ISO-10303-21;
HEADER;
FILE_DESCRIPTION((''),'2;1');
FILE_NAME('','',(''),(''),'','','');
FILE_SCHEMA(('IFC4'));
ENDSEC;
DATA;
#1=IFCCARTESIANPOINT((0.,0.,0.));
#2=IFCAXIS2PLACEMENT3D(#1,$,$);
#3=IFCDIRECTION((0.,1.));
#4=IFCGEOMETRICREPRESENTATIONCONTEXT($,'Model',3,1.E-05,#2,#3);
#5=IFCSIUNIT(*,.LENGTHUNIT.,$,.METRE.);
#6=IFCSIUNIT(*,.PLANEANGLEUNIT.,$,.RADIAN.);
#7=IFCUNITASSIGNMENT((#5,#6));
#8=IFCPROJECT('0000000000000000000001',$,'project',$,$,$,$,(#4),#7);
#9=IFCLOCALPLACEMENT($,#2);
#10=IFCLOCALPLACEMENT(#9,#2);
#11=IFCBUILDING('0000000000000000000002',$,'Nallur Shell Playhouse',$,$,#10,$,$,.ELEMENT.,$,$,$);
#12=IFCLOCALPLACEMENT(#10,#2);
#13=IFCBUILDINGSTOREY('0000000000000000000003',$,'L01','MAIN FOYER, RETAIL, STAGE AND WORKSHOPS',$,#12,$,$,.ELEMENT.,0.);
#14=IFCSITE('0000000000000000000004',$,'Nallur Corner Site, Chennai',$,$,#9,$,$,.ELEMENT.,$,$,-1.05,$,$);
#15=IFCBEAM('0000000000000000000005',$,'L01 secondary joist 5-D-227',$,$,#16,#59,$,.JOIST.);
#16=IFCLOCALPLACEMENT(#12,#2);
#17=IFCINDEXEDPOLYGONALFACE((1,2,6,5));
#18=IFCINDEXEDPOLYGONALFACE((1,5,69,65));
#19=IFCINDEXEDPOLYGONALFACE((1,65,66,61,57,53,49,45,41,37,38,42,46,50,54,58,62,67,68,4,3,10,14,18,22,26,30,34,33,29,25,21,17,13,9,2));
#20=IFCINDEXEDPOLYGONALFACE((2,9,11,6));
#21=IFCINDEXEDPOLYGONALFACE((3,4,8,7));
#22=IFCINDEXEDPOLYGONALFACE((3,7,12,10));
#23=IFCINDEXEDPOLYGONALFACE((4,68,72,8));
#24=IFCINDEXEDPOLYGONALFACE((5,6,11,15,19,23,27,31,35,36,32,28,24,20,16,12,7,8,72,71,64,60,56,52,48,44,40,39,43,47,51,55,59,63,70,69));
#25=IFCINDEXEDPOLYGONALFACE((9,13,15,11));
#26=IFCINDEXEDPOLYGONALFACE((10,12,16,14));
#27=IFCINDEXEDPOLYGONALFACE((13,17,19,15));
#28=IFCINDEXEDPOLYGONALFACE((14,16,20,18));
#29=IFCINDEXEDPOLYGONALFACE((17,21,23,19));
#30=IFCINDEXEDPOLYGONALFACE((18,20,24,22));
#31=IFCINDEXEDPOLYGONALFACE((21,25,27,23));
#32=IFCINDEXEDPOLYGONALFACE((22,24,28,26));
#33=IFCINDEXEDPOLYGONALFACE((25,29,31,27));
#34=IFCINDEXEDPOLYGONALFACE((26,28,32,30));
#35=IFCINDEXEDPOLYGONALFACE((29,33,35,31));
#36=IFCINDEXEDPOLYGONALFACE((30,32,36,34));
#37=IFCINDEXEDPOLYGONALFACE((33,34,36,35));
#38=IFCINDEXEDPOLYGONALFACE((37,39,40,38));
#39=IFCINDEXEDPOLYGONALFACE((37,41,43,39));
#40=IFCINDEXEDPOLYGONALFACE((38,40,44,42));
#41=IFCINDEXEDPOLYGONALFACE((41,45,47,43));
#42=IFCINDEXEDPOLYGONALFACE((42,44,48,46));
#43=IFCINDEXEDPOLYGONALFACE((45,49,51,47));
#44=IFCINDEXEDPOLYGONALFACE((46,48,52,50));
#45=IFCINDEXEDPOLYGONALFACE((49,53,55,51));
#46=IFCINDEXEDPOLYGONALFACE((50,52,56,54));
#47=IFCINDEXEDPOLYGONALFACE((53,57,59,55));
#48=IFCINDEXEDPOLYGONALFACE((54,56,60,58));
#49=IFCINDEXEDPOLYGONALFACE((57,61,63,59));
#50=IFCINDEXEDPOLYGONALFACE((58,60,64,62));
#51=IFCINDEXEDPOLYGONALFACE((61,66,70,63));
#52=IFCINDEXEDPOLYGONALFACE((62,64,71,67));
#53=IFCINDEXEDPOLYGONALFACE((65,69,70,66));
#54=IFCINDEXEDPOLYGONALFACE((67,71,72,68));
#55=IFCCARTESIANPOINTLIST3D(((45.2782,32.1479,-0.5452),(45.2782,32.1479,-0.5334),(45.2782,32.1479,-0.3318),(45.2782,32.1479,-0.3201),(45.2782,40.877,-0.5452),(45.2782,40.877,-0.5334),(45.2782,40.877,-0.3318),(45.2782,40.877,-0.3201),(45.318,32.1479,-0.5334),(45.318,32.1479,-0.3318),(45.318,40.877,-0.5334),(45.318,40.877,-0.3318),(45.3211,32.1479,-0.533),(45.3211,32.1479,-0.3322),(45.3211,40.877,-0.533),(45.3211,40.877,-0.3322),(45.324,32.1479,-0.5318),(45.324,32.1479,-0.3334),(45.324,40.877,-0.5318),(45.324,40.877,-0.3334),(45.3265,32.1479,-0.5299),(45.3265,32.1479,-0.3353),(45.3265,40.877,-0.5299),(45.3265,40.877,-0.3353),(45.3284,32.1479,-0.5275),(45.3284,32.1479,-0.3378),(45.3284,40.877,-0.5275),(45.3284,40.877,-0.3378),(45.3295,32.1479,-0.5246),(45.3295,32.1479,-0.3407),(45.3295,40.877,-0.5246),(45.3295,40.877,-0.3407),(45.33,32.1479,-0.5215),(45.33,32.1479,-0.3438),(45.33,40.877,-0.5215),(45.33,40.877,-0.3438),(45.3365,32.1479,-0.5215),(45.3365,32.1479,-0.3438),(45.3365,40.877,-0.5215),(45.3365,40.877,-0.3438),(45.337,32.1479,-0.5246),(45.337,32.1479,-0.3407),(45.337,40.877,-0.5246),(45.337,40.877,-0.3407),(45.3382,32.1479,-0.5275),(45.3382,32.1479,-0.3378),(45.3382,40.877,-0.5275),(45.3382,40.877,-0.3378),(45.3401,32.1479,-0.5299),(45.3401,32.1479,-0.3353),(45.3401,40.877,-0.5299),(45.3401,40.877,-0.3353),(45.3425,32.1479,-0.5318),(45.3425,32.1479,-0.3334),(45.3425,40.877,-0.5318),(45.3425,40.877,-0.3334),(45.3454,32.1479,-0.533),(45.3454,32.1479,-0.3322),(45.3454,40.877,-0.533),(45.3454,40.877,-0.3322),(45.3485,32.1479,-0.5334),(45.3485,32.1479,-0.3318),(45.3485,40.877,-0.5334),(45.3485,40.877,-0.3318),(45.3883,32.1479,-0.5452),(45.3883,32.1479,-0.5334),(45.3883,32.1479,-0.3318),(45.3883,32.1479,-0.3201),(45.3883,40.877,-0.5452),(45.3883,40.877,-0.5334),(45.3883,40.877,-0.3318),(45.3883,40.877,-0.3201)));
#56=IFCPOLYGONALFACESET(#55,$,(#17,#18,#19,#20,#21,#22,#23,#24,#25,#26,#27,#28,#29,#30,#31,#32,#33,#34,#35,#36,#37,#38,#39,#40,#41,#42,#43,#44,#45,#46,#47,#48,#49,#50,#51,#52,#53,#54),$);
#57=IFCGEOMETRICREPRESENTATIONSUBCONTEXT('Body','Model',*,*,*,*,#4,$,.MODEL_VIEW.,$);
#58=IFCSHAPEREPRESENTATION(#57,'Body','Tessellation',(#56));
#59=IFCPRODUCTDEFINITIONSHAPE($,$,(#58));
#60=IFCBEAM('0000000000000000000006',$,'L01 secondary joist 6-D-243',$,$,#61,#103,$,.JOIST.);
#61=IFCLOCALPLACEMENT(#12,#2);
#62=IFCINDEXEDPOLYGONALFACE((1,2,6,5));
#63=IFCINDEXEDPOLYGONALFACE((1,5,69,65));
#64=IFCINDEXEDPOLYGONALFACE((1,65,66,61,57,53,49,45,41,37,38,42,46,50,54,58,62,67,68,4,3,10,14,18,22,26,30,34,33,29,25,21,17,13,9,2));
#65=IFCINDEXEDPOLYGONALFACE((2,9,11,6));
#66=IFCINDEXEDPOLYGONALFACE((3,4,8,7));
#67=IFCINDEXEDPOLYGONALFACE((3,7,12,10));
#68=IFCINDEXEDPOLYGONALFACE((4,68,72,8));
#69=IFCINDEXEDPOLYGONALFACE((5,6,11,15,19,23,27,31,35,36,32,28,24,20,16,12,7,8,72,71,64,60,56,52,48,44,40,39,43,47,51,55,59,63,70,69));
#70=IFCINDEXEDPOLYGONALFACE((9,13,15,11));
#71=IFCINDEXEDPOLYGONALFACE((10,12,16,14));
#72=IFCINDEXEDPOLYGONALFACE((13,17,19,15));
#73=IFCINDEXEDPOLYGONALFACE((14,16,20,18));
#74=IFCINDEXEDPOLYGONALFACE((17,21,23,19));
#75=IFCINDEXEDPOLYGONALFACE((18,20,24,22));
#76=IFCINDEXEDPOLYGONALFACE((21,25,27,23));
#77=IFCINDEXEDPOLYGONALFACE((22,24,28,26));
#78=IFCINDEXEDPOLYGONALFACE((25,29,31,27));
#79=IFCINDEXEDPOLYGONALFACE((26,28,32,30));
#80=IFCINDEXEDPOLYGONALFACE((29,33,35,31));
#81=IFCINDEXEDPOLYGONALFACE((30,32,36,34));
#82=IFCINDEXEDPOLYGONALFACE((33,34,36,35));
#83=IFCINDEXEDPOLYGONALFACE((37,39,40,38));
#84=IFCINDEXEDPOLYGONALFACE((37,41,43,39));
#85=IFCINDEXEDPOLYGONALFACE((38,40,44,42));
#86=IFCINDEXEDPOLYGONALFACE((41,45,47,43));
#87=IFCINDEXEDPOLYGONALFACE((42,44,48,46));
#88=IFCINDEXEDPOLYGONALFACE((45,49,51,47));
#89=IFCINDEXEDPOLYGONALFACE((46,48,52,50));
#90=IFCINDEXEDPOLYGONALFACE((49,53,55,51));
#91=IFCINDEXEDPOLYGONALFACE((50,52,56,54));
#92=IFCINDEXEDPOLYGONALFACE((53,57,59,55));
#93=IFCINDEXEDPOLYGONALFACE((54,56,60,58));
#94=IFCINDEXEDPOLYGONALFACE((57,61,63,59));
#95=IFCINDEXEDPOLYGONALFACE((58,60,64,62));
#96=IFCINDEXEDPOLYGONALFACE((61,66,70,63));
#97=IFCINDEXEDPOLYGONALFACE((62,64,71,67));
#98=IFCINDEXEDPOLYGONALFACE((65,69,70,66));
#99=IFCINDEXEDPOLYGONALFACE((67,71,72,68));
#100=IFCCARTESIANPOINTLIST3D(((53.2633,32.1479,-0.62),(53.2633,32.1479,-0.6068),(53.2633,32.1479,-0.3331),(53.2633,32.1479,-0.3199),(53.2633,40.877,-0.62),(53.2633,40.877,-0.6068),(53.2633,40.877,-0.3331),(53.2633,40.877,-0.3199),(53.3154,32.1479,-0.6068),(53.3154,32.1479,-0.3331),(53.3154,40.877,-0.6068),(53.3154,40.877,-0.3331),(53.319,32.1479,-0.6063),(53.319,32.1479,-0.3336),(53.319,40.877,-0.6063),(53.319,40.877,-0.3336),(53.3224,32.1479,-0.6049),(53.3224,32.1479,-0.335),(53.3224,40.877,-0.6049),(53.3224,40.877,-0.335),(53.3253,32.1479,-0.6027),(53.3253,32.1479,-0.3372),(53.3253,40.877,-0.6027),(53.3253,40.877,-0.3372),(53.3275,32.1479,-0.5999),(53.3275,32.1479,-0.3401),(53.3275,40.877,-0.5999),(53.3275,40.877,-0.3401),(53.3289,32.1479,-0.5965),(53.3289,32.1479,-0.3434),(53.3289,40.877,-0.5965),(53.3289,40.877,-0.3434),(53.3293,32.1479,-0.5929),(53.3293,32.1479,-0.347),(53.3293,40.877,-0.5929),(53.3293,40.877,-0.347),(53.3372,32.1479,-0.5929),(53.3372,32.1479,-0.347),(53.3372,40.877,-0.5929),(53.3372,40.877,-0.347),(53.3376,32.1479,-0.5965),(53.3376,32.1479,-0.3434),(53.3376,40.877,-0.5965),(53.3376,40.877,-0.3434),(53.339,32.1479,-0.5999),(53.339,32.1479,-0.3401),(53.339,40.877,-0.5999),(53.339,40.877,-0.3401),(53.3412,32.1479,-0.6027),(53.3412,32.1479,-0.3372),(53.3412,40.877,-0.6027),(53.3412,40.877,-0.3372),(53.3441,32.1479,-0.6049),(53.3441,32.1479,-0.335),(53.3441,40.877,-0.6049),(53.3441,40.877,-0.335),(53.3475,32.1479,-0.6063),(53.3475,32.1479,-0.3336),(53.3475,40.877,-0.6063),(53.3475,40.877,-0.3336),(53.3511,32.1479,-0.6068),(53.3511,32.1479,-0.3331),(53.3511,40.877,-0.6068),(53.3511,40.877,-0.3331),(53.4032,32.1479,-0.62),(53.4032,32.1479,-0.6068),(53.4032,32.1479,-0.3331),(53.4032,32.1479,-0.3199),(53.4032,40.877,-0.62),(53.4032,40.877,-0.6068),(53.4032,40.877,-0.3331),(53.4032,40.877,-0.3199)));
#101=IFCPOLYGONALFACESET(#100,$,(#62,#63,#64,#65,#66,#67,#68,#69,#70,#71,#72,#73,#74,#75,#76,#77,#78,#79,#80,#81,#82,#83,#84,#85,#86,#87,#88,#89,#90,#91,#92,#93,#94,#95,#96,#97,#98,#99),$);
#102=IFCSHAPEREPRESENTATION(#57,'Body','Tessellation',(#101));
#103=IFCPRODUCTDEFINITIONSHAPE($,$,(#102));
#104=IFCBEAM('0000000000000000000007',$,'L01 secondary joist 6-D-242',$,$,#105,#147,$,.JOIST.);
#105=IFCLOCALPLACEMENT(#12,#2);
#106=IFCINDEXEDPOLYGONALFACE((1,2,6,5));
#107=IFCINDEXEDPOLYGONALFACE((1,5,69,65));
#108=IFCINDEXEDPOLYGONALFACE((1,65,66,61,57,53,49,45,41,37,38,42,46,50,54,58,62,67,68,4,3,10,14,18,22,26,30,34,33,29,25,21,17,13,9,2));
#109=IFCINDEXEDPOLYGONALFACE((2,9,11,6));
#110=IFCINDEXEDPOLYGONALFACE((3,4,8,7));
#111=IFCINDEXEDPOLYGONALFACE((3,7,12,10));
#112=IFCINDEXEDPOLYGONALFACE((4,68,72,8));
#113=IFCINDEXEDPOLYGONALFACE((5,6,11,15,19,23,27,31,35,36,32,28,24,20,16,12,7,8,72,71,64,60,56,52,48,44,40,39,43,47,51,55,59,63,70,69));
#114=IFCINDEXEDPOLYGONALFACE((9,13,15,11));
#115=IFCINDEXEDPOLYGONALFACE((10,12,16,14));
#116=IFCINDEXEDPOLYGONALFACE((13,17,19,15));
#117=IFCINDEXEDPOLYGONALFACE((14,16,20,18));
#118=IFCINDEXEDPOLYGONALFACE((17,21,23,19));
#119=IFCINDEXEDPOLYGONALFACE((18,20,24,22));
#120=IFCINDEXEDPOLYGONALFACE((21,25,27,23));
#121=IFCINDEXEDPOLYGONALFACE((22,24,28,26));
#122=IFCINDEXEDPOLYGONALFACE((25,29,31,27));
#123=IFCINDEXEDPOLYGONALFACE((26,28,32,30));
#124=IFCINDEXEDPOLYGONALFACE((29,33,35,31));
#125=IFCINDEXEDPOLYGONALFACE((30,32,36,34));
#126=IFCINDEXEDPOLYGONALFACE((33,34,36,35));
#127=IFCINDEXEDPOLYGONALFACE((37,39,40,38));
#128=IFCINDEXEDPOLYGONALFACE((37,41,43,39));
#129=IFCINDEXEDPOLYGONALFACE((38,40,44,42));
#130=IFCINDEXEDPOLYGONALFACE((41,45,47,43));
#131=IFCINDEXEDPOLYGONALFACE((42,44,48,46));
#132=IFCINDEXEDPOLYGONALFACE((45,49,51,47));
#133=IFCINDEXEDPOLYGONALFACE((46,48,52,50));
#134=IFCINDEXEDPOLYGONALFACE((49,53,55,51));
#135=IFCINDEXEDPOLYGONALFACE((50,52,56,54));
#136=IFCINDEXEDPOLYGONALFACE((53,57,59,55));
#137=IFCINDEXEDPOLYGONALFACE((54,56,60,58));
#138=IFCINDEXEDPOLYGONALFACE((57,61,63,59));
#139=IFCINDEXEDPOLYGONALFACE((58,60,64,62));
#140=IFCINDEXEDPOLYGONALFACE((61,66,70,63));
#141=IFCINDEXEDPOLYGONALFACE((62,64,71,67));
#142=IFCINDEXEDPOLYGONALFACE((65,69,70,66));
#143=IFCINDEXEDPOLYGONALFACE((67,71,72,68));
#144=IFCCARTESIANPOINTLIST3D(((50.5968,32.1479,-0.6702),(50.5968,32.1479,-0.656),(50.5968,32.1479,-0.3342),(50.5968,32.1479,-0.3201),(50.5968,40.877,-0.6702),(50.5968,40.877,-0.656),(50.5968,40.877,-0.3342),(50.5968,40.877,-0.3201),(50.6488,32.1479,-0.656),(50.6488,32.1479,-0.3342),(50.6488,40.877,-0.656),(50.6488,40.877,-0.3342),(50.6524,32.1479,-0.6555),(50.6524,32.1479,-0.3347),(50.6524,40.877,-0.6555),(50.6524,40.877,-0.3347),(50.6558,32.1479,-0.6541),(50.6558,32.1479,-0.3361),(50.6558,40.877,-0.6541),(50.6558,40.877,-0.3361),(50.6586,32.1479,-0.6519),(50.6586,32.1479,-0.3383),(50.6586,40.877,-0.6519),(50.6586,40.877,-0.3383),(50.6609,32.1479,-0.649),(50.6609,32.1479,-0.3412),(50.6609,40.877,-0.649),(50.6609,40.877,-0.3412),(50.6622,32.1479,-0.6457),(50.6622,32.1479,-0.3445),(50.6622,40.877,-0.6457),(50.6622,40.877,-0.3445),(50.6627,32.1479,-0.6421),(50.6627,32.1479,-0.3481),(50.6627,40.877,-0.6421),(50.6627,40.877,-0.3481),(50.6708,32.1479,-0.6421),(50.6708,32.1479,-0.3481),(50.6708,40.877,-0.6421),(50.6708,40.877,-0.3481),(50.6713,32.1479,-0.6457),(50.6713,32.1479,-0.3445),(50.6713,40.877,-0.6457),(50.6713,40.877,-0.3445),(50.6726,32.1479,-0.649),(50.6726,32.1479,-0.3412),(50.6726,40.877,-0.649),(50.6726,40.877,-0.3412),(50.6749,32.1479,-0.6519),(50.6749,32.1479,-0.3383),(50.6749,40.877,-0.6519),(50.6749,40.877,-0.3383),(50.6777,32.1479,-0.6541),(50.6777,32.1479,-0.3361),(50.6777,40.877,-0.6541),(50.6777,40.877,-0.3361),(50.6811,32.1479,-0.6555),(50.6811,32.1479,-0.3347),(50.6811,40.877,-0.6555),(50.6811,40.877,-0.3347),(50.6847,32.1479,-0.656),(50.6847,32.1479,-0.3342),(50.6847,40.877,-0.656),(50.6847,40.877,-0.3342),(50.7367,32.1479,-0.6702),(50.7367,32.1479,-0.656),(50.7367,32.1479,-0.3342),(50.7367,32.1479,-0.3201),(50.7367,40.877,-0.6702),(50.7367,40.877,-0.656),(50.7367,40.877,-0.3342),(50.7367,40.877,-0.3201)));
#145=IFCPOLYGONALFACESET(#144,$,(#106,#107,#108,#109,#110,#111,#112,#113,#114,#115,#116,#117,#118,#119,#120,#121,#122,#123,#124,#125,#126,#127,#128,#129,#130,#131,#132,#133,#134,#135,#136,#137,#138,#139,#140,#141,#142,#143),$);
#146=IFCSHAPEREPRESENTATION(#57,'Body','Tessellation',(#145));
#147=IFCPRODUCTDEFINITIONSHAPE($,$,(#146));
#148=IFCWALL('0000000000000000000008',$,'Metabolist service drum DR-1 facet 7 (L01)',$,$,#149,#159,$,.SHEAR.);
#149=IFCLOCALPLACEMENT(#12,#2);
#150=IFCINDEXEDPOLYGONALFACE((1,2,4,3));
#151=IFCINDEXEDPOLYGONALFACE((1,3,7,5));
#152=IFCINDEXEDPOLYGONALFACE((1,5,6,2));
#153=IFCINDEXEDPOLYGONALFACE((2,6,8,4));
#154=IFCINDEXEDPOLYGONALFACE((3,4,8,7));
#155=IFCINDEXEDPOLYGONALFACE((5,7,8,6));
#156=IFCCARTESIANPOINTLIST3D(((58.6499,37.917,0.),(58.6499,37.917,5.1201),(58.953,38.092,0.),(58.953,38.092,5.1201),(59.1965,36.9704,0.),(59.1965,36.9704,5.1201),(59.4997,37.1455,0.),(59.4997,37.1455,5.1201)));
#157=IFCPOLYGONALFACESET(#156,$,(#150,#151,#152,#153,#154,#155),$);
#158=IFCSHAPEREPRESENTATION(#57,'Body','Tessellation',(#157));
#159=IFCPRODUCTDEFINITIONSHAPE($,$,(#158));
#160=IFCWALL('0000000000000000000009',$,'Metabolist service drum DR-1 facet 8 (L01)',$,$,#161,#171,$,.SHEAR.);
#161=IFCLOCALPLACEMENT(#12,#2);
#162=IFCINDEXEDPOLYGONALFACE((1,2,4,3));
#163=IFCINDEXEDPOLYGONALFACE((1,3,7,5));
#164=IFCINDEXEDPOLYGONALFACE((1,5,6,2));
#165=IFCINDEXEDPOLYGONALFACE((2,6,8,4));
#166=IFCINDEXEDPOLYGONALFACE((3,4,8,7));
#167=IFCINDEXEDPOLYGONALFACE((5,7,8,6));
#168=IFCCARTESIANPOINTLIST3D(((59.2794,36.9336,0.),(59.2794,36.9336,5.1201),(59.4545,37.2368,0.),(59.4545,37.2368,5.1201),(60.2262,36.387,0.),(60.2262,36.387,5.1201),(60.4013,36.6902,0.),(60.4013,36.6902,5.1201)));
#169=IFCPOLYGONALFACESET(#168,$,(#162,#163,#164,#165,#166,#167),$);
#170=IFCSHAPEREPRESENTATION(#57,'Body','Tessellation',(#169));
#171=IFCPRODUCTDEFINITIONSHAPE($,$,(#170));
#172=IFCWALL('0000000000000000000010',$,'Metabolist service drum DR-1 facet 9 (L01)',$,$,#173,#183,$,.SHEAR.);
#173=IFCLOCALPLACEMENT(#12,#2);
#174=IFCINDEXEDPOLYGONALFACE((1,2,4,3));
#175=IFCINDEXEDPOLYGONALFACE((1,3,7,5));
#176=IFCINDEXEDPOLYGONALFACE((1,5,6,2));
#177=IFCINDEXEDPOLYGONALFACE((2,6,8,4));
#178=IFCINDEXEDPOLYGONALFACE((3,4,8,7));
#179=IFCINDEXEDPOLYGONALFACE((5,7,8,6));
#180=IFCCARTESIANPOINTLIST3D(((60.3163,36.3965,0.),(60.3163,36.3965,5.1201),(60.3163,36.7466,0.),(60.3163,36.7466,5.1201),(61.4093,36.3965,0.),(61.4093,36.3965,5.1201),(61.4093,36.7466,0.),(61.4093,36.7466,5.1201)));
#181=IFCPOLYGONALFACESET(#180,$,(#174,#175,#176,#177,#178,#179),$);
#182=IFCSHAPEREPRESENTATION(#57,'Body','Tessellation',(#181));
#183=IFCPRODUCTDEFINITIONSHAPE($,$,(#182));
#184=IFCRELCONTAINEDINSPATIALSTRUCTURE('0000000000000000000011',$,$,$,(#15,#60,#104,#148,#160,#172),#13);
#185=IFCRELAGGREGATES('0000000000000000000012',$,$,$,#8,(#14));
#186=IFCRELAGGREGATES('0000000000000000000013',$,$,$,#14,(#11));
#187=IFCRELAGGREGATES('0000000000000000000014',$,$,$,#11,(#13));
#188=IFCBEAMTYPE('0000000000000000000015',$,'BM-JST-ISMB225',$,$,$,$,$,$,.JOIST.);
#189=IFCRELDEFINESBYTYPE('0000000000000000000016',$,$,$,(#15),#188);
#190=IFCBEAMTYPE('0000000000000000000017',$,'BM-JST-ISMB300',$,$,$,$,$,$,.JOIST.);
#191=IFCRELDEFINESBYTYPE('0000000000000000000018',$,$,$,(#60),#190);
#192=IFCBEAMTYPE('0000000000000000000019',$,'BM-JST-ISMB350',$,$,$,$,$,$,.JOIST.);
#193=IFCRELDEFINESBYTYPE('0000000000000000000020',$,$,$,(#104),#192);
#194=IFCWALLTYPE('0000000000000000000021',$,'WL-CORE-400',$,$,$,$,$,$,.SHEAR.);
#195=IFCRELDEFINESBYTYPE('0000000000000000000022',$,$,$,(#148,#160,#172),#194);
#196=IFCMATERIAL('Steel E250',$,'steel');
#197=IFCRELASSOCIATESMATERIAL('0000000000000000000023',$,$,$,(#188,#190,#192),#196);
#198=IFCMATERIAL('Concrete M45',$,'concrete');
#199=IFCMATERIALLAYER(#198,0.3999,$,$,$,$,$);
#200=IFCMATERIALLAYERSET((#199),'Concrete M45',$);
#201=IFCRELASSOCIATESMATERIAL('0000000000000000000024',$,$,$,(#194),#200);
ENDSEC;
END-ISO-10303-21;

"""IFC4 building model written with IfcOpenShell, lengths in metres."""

from ifc_helpers import new_model, si_unit, direction, frame, frame_2d, origin, origin_2d, place, context, subcontext, project, spatial, rectangle, i_section, extrude, material, layer, layer_set, material_profile, profile_set, type_object, element, save


model = new_model("IFC4")

# Units and contexts
model_context = context("Model", 3, precision=1e-05, world=origin(), true_north=direction((0.0, 1.0)))
body_context = subcontext(model_context, "Body", "Model", "MODEL_VIEW")
ifc_project = project(units=[si_unit("LENGTHUNIT", "METRE"), si_unit("PLANEANGLEUNIT", "RADIAN")], contexts=[model_context])

# Site, building, storey
site_placement = place(None, origin())
site = spatial("IfcSite", under=ifc_project, at=site_placement, Name="Nallur Corner Site, Chennai", CompositionType="ELEMENT", RefElevation=-1.05)
building_placement = place(site_placement, origin())
building = spatial("IfcBuilding", under=site, at=building_placement, Name="Nallur Shell Playhouse", CompositionType="ELEMENT")
storey_placement = place(building_placement, origin())
storey = spatial("IfcBuildingStorey", under=building, at=storey_placement, Name="L01", Description="MAIN FOYER, RETAIL, STAGE AND WORKSHOPS", CompositionType="ELEMENT", Elevation=0.0)

# Beams
ifc_material_1 = material(Name="Steel E250", Category="steel")
ifc_material_profile_1 = material_profile(ifc_material_1, i_section(OverallWidth=0.1101, OverallDepth=0.2251, WebThickness=0.0066, FlangeThickness=0.0117, FilletRadius=0.012, at=origin_2d()), Name="ISMB 225")
ifc_profile_set_1 = profile_set([ifc_material_profile_1], Name="Steel E250")
beam_type_1 = type_object("IfcBeamType", Name="BM-JST-ISMB225", PredefinedType="JOIST", material=ifc_profile_set_1)
beam_1_placement = place(storey_placement, frame((45.3333, 32.1479, -0.4326), z_axis=(0.0, 1.0, 0.0), x_axis=(-1.0, 0.0, 0.0)))
element("IfcBeam", 1, at=beam_1_placement, inside=storey, type_object=beam_type_1, Name="L01 secondary joist 5-D-227", PredefinedType="JOIST", context=body_context, shape_type="SweptSolid", body=[
    extrude(i_section(OverallWidth=0.1101, OverallDepth=0.2251, WebThickness=0.0066, FlangeThickness=0.0117, FilletRadius=0.012, at=origin_2d()), origin(), (0.0, 0.0, 1.0), 8.729),
])
ifc_material_profile_2 = material_profile(ifc_material_1, i_section(OverallWidth=0.1399, OverallDepth=0.3, WebThickness=0.0078, FlangeThickness=0.0132, FilletRadius=0.0139, at=origin_2d()), Name="ISMB 300")
ifc_profile_set_2 = profile_set([ifc_material_profile_2], Name="Steel E250")
beam_type_2 = type_object("IfcBeamType", Name="BM-JST-ISMB300", PredefinedType="JOIST", material=ifc_profile_set_2)
beam_2_placement = place(storey_placement, frame((53.3333, 32.1479, -0.47), z_axis=(0.0, 1.0, 0.0), x_axis=(-1.0, 0.0, 0.0)))
element("IfcBeam", 2, at=beam_2_placement, inside=storey, type_object=beam_type_2, Name="L01 secondary joist 6-D-243", PredefinedType="JOIST", context=body_context, shape_type="SweptSolid", body=[
    extrude(i_section(OverallWidth=0.1399, OverallDepth=0.3, WebThickness=0.0078, FlangeThickness=0.0132, FilletRadius=0.0139, at=origin_2d()), origin(), (0.0, 0.0, 1.0), 8.729),
])
ifc_material_profile_3 = material_profile(ifc_material_1, i_section(OverallWidth=0.1399, OverallDepth=0.3501, WebThickness=0.0081, FlangeThickness=0.0142, FilletRadius=0.0139, at=origin_2d()), Name="ISMB 350")
ifc_profile_set_3 = profile_set([ifc_material_profile_3], Name="Steel E250")
beam_type_3 = type_object("IfcBeamType", Name="BM-JST-ISMB350", PredefinedType="JOIST", material=ifc_profile_set_3)
beam_3_placement = place(storey_placement, frame((50.6667, 32.1479, -0.4951), z_axis=(0.0, 1.0, 0.0), x_axis=(-1.0, 0.0, 0.0)))
element("IfcBeam", 3, at=beam_3_placement, inside=storey, type_object=beam_type_3, Name="L01 secondary joist 6-D-242", PredefinedType="JOIST", context=body_context, shape_type="SweptSolid", body=[
    extrude(i_section(OverallWidth=0.1399, OverallDepth=0.3501, WebThickness=0.0081, FlangeThickness=0.0142, FilletRadius=0.0139, at=origin_2d()), origin(), (0.0, 0.0, 1.0), 8.729),
])

# Walls
ifc_material_2 = material(Name="Concrete M45", Category="concrete")
ifc_layer_1 = layer(ifc_material_2, 0.3999)
ifc_layer_set_1 = layer_set([ifc_layer_1], Name="Concrete M45")
wall_type_1 = type_object("IfcWallType", Name="WL-CORE-400", PredefinedType="SHEAR", material=ifc_layer_set_1)
wall_1_placement = place(storey_placement, frame((58.8015, 38.0044, 0.0), z_axis=(0.0, 0.0, 1.0), x_axis=(0.500103, -0.865966, 0.0)))
element("IfcWall", 4, at=wall_1_placement, inside=storey, type_object=wall_type_1, Name="Metabolist service drum DR-1 facet 7 (L01)", PredefinedType="SHEAR", context=body_context, shape_type="SweptSolid", body=[
    extrude(rectangle(XDim=1.093, YDim=0.3501, at=frame_2d((0.5464, 0.0))), origin(), (0.0, 0.0, 1.0), 5.1201),
])
wall_2_placement = place(storey_placement, frame((59.3669, 37.0852, 0.0), z_axis=(0.0, 0.0, 1.0), x_axis=(0.866022, -0.500006, 0.0)))
element("IfcWall", 5, at=wall_2_placement, inside=storey, type_object=wall_type_1, Name="Metabolist service drum DR-1 facet 8 (L01)", PredefinedType="SHEAR", context=body_context, shape_type="SweptSolid", body=[
    extrude(rectangle(XDim=1.0933, YDim=0.3501, at=frame_2d((0.5466, 0.0))), origin(), (0.0, 0.0, 1.0), 5.1201),
])
for number, where, z_axis, x_axis, name in (
    (6, (60.3164, 36.5715, 0.0), (0.0, 0.0, 1.0), (1.0, 0.0, 0.0), "Metabolist service drum DR-1 facet 9 (L01)"),
):
    element("IfcWall", number, at=place(storey_placement, frame(where, z_axis=z_axis, x_axis=x_axis)), inside=storey, type_object=wall_type_1, Name=name, PredefinedType="SHEAR", context=body_context, shape_type="SweptSolid", body=[
        extrude(rectangle(XDim=1.093, YDim=0.3501, at=frame_2d((0.5464, 0.0))), origin(), (0.0, 0.0, 1.0), 5.1201),
    ])

save(model, "model.ifc")
